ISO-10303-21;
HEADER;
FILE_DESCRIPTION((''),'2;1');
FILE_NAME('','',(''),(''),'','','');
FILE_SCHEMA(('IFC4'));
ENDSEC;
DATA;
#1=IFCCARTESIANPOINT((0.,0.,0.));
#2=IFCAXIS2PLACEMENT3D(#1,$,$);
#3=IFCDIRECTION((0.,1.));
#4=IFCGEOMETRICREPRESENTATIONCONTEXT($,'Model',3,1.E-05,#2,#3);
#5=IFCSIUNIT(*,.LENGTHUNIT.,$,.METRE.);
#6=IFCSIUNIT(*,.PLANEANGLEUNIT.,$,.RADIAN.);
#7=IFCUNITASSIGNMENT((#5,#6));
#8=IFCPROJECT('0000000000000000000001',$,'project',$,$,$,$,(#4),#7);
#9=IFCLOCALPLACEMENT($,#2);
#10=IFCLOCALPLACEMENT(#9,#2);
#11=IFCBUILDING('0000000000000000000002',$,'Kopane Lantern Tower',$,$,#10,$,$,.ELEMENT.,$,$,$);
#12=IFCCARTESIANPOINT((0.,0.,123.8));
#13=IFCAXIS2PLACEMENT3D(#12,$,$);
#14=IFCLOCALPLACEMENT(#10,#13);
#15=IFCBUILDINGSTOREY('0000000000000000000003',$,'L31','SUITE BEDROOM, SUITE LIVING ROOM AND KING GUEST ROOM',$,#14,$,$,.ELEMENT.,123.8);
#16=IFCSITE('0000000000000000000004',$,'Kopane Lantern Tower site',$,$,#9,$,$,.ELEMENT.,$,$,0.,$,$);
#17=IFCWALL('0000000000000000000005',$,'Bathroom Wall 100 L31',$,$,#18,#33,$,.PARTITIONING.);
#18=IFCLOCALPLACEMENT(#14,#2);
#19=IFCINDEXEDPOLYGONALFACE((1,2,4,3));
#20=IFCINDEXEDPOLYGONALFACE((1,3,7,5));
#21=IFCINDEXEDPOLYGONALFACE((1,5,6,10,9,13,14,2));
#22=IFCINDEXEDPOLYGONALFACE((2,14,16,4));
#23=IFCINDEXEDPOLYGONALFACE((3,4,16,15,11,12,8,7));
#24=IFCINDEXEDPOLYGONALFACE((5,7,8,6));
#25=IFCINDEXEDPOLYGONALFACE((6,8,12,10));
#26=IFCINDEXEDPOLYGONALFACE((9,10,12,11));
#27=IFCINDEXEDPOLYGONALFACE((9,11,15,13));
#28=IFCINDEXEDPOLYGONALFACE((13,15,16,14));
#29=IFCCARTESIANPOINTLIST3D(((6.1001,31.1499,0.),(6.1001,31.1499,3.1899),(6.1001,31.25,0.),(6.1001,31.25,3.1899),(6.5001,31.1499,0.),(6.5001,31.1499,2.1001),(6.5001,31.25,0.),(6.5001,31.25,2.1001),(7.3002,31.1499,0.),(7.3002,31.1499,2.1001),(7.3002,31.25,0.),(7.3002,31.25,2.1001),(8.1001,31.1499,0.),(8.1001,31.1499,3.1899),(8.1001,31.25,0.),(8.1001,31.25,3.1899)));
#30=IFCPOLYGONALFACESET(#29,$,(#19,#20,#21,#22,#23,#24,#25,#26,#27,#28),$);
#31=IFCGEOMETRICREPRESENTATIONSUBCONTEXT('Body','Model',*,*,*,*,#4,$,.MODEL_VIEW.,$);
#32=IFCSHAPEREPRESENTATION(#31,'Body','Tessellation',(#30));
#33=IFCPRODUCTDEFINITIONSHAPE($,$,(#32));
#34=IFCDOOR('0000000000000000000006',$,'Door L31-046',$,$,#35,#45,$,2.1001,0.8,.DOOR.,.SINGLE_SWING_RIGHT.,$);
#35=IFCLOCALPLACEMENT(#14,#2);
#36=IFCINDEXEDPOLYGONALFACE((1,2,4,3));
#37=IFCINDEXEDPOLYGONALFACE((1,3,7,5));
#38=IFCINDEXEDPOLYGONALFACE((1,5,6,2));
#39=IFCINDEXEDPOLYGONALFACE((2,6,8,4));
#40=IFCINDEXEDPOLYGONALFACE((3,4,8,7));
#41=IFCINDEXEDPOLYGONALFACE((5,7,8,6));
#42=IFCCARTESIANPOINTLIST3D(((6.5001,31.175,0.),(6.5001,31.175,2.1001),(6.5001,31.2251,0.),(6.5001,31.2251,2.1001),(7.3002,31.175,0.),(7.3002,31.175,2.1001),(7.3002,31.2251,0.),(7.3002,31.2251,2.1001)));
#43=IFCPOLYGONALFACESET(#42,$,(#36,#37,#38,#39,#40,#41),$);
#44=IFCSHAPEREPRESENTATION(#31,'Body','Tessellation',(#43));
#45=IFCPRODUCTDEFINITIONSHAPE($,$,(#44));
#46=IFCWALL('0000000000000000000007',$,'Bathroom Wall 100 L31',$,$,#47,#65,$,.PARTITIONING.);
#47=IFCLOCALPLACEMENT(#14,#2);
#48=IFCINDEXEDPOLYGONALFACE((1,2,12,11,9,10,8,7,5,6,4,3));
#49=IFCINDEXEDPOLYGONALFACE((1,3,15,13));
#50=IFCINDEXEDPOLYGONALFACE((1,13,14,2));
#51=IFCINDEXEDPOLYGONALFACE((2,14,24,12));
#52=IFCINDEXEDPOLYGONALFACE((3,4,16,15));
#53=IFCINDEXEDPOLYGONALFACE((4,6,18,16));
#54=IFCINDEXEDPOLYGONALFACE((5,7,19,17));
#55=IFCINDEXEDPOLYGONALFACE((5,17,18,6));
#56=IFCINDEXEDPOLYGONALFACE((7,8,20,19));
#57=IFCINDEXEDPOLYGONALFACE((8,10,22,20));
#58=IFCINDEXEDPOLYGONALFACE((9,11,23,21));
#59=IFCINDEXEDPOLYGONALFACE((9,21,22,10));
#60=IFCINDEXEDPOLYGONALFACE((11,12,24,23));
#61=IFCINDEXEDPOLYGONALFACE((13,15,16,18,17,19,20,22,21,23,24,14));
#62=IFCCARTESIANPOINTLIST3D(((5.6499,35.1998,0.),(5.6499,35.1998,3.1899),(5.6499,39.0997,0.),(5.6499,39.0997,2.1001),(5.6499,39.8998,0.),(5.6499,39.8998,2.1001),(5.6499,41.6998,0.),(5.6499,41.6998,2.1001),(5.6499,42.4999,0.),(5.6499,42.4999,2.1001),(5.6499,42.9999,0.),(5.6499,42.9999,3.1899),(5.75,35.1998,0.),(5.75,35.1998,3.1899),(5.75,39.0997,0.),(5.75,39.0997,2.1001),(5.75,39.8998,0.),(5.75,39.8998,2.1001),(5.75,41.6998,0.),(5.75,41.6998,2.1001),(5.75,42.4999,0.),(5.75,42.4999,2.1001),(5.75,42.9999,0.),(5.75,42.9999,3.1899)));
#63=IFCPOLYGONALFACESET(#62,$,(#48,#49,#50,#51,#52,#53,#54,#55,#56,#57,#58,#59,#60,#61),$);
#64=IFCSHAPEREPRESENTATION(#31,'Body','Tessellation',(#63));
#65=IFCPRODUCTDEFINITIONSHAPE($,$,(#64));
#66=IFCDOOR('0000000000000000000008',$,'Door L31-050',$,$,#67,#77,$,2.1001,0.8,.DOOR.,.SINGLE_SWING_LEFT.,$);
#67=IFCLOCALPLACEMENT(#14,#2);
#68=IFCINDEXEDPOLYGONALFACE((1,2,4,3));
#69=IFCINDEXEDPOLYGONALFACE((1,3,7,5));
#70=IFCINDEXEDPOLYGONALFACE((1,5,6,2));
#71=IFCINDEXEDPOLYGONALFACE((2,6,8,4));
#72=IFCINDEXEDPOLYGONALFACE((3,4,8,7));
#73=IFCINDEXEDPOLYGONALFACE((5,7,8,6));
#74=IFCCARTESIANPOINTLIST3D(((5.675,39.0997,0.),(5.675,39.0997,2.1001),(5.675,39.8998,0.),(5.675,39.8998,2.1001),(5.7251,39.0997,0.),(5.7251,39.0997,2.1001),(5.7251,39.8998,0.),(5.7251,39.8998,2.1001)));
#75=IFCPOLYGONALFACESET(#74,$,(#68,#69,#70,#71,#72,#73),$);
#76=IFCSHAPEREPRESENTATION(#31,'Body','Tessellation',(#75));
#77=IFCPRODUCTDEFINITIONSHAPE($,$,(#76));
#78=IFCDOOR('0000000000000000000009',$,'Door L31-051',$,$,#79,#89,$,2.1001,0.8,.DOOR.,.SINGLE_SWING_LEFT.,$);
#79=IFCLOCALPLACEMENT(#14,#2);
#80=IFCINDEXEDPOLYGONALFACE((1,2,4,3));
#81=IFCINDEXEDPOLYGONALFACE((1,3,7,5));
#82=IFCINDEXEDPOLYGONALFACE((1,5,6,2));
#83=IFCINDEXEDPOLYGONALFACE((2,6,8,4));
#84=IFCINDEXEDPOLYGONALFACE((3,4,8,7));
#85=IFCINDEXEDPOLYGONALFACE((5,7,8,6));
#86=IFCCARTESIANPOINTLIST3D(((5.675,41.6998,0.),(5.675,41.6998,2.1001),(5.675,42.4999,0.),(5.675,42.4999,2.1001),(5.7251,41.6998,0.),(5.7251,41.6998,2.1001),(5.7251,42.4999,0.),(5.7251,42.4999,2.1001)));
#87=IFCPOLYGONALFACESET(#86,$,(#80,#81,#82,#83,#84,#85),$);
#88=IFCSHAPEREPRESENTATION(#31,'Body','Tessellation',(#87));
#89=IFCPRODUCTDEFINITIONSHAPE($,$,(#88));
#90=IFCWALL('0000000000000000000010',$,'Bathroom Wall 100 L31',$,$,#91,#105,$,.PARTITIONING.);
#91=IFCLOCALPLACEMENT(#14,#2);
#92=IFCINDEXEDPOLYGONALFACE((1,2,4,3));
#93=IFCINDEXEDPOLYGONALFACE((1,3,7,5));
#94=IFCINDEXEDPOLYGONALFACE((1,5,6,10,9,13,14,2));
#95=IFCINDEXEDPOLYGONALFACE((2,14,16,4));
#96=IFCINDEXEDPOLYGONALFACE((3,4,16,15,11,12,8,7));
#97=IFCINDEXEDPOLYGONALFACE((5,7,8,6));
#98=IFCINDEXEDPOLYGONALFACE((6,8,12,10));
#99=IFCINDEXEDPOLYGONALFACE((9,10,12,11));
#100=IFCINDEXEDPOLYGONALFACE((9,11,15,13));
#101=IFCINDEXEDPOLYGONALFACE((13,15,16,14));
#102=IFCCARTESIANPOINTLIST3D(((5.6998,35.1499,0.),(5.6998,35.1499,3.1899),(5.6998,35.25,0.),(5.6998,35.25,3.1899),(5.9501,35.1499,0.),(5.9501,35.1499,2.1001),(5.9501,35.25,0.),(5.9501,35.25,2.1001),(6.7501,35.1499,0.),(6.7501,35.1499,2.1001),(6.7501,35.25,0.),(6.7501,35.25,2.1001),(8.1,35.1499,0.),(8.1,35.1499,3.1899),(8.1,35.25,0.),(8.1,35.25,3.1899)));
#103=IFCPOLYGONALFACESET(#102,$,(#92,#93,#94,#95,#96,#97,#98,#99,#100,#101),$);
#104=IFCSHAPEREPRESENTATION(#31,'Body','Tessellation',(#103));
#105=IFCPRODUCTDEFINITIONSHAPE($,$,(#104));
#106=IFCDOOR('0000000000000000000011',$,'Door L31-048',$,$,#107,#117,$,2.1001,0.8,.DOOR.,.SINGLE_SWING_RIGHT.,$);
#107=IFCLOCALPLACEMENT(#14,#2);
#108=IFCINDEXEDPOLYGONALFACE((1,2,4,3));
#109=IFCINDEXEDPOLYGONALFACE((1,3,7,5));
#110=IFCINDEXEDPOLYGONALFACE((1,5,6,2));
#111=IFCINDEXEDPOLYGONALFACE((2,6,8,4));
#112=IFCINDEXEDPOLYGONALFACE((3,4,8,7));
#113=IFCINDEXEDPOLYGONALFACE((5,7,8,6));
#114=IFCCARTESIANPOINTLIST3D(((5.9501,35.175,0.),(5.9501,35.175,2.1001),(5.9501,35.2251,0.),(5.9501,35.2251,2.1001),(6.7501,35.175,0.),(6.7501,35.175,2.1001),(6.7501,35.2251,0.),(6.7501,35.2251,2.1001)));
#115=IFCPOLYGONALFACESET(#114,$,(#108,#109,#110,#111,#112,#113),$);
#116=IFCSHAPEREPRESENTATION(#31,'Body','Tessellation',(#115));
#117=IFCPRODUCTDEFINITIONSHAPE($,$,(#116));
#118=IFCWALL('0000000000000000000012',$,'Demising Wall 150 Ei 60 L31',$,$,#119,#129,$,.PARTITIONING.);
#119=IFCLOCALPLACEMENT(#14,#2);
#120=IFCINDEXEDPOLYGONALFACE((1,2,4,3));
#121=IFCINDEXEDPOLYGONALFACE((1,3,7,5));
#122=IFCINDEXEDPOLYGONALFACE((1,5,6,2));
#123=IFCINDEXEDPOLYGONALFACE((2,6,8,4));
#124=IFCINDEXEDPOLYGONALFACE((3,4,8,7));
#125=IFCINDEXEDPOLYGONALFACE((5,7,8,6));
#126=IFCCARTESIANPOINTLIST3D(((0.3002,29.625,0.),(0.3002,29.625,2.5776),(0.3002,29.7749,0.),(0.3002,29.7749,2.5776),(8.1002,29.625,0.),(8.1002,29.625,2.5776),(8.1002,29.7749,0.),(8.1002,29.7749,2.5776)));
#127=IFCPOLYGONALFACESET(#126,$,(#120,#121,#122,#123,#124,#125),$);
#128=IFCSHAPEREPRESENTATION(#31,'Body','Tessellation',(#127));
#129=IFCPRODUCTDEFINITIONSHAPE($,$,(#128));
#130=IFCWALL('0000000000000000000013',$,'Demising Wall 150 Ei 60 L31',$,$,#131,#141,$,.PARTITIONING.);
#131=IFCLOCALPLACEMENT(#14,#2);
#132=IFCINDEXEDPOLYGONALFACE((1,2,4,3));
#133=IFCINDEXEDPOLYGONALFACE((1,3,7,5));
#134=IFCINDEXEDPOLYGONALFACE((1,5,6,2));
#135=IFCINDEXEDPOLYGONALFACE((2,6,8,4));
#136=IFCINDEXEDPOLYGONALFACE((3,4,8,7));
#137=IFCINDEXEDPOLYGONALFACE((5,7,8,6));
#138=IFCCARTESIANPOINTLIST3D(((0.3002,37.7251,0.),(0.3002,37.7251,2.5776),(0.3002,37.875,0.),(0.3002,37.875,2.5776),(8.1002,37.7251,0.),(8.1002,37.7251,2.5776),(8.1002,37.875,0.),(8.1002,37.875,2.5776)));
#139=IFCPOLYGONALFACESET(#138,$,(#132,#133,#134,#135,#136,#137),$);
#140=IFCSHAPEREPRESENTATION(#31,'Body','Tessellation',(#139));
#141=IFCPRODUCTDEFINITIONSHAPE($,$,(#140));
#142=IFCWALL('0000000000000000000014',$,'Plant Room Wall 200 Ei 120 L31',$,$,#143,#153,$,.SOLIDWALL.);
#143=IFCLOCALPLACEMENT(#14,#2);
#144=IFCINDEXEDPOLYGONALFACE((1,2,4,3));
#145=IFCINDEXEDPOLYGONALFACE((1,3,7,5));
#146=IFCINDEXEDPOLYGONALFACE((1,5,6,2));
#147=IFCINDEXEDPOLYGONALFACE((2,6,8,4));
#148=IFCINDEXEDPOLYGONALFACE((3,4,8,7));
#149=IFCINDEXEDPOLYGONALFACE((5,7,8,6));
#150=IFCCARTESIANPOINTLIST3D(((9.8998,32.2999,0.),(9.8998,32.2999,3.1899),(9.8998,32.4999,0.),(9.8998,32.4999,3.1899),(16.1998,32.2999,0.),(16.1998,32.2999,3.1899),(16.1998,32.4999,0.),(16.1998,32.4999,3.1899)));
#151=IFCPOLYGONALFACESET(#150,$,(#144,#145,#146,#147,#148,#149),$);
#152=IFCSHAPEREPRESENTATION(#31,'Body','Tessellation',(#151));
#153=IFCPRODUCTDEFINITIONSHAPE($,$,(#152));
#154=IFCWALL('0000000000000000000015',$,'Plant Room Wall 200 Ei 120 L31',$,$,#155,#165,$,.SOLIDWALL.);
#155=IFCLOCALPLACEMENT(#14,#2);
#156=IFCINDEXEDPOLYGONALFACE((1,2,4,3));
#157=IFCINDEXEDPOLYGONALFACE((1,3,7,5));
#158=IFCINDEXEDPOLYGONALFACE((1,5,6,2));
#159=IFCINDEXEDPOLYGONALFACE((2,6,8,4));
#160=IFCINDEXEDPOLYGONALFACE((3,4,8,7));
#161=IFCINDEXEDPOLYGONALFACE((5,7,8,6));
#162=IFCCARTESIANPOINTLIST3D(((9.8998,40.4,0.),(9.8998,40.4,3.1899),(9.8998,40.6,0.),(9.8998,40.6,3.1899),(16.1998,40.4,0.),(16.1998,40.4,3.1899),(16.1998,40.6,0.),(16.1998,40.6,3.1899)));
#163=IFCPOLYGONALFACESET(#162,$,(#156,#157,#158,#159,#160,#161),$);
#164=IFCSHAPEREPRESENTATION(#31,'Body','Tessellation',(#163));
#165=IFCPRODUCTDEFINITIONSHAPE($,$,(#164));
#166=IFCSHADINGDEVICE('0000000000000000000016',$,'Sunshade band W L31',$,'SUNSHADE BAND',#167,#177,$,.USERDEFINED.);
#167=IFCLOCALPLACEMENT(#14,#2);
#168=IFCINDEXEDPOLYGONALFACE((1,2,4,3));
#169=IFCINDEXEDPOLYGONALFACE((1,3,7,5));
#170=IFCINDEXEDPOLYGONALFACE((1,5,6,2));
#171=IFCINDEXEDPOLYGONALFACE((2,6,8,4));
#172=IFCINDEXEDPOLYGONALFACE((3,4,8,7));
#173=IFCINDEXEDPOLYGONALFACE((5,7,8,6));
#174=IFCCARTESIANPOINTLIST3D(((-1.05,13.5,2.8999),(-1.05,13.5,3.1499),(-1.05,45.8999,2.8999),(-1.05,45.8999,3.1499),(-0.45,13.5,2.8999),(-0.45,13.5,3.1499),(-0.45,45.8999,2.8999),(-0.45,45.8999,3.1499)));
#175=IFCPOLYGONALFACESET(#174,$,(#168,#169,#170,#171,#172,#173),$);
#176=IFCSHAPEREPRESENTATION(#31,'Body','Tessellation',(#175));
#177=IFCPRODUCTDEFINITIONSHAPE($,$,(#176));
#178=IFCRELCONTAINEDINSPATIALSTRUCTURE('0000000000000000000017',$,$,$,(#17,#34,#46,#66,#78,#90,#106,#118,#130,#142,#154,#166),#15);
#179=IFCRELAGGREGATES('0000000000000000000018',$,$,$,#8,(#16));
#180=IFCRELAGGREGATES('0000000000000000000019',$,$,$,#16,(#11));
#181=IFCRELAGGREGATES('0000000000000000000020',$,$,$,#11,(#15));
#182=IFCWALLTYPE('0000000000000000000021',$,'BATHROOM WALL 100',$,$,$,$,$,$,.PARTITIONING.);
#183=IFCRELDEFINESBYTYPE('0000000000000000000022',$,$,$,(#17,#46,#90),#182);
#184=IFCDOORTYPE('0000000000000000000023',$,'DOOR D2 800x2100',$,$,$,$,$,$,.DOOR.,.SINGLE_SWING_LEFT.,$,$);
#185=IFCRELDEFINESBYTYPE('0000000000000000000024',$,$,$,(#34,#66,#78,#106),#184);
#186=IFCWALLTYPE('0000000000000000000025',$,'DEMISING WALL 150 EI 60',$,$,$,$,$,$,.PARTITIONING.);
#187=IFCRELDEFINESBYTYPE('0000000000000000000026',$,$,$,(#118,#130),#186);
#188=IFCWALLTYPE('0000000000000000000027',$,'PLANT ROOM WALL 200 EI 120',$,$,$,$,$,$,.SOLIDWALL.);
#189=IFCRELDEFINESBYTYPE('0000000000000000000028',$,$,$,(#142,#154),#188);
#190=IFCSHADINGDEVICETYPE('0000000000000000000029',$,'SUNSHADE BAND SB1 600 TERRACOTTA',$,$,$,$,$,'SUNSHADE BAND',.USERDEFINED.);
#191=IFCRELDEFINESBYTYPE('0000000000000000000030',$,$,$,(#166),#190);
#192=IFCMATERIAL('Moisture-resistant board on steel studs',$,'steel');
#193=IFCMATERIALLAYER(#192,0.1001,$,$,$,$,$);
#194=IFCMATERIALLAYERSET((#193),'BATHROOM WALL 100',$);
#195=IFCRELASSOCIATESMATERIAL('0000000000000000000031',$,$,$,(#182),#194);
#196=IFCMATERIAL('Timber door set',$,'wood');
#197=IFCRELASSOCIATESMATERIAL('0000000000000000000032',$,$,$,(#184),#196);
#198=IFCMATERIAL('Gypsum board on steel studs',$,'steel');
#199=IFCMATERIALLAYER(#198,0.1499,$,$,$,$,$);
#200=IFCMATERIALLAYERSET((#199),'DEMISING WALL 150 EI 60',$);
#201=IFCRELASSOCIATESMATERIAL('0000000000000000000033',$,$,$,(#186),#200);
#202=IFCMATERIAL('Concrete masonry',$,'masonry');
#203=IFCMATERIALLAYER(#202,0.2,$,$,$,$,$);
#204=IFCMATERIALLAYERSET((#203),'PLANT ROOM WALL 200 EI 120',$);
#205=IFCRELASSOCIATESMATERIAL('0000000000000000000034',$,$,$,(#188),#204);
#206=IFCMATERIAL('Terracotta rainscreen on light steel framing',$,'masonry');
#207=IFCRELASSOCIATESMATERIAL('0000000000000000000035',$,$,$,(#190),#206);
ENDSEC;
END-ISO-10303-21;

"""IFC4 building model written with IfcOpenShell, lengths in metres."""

from ifc_helpers import new_model, si_unit, direction, frame, frame_2d, origin, origin_2d, place, context, subcontext, project, spatial, rectangle, extrude, material, layer, layer_set, type_object, element, fill, save


model = new_model("IFC4")

# Units and contexts
model_context = context("Model", 3, precision=1e-05, world=origin(), true_north=direction((0.0, 1.0)))
body_context = subcontext(model_context, "Body", "Model", "MODEL_VIEW")
ifc_project = project(units=[si_unit("LENGTHUNIT", "METRE"), si_unit("PLANEANGLEUNIT", "RADIAN")], contexts=[model_context])

# Site, building, storey
site_placement = place(None, origin())
site = spatial("IfcSite", under=ifc_project, at=site_placement, Name="Kopane Lantern Tower site", CompositionType="ELEMENT", RefElevation=0.0)
building_placement = place(site_placement, origin())
building = spatial("IfcBuilding", under=site, at=building_placement, Name="Kopane Lantern Tower", CompositionType="ELEMENT")
storey_placement = place(building_placement, frame((0.0, 0.0, 123.8)))
storey = spatial("IfcBuildingStorey", under=building, at=storey_placement, Name="L31", Description="SUITE BEDROOM, SUITE LIVING ROOM AND KING GUEST ROOM", CompositionType="ELEMENT", Elevation=123.8)

# Shared definitions
ifc_material_1 = material(Name="Moisture-resistant board on steel studs", Category="steel")
ifc_layer_1 = layer(ifc_material_1, 0.1001)
ifc_layer_set_1 = layer_set([ifc_layer_1], Name="BATHROOM WALL 100")
wall_type_1 = type_object("IfcWallType", Name="BATHROOM WALL 100", PredefinedType="PARTITIONING", material=ifc_layer_set_1)

# Wall, opening, door
wall_1_placement = place(storey_placement, frame((8.1001, 31.2, 0.0), z_axis=(0.0, 0.0, 1.0), x_axis=(-1.0, 0.0, 0.0)))
wall_1 = element("IfcWall", 1, at=wall_1_placement, inside=storey, type_object=wall_type_1, Name="Bathroom Wall 100 L31", PredefinedType="PARTITIONING", context=body_context, shape_type="SweptSolid", body=[
    extrude(rectangle(XDim=2.0, YDim=0.1001, at=frame_2d((1.0, 0.0))), origin(), (0.0, 0.0, 1.0), 3.1899),
])
opening_1_placement = place(wall_1_placement, frame((0.8, 0.0, 0.0)))
opening_1 = element("IfcOpeningElement", 2, at=opening_1_placement, cuts=wall_1, PredefinedType="OPENING", context=body_context, shape_type="SweptSolid", body=[
    extrude(rectangle(XDim=0.8, YDim=2.1001, at=frame_2d((0.3999, 1.05))), frame((0.0, 0.0601, 0.0), z_axis=(0.0, -1.0, 0.0), x_axis=(1.0, 0.0, 0.0)), (0.0, 0.0, 1.0), 0.1201),
])
ifc_material_2 = material(Name="Timber door set", Category="wood")
door_type_1 = type_object("IfcDoorType", Name="DOOR D2 800x2100", OperationType="SINGLE_SWING_LEFT", PredefinedType="DOOR", material=ifc_material_2)
door_1_placement = place(opening_1_placement, origin())
door_1 = element("IfcDoor", 3, at=door_1_placement, inside=storey, type_object=door_type_1, Name="Door L31-046", OperationType="SINGLE_SWING_RIGHT", OverallHeight=2.1001, OverallWidth=0.8, PredefinedType="DOOR", context=body_context, shape_type="SweptSolid", body=[
    extrude(rectangle(XDim=0.8, YDim=2.1001, at=frame_2d((0.3999, 1.05))), frame((0.0, 0.0249, 0.0), z_axis=(0.0, -1.0, 0.0), x_axis=(1.0, 0.0, 0.0)), (0.0, 0.0, 1.0), 0.05),
])
fill(opening_1, door_1)

# Wall, openings, doors
wall_2_placement = place(storey_placement, frame((5.7, 35.2, 0.0), z_axis=(0.0, 0.0, 1.0), x_axis=(0.0, 1.0, 0.0)))
wall_2 = element("IfcWall", 4, at=wall_2_placement, inside=storey, type_object=wall_type_1, Name="Bathroom Wall 100 L31", PredefinedType="PARTITIONING", context=body_context, shape_type="SweptSolid", body=[
    extrude(rectangle(XDim=7.8, YDim=0.1001, at=frame_2d((3.8999, 0.0))), origin(), (0.0, 0.0, 1.0), 3.1899),
])
opening_2_placement = place(wall_2_placement, frame((3.8999, 0.0, 0.0)))
opening_2 = element("IfcOpeningElement", 5, at=opening_2_placement, cuts=wall_2, PredefinedType="OPENING", context=body_context, shape_type="SweptSolid", body=[
    extrude(rectangle(XDim=0.8, YDim=2.1001, at=frame_2d((0.3999, 1.05))), frame((0.0, 0.0601, 0.0), z_axis=(0.0, -1.0, 0.0), x_axis=(1.0, 0.0, 0.0)), (0.0, 0.0, 1.0), 0.1201),
])
opening_3_placement = place(wall_2_placement, frame((6.5, 0.0, 0.0)))
opening_3 = element("IfcOpeningElement", 6, at=opening_3_placement, cuts=wall_2, PredefinedType="OPENING", context=body_context, shape_type="SweptSolid", body=[
    extrude(rectangle(XDim=0.8, YDim=2.1001, at=frame_2d((0.3999, 1.05))), frame((0.0, 0.0601, 0.0), z_axis=(0.0, -1.0, 0.0), x_axis=(1.0, 0.0, 0.0)), (0.0, 0.0, 1.0), 0.1201),
])
door_2_placement = place(opening_2_placement, origin())
door_2 = element("IfcDoor", 7, at=door_2_placement, inside=storey, type_object=door_type_1, Name="Door L31-050", OperationType="SINGLE_SWING_LEFT", OverallHeight=2.1001, OverallWidth=0.8, PredefinedType="DOOR", context=body_context, shape_type="SweptSolid", body=[
    extrude(rectangle(XDim=0.8, YDim=2.1001, at=frame_2d((0.3999, 1.05))), frame((0.0, 0.0249, 0.0), z_axis=(0.0, -1.0, 0.0), x_axis=(1.0, 0.0, 0.0)), (0.0, 0.0, 1.0), 0.05),
])
fill(opening_2, door_2)
door_3_placement = place(opening_3_placement, origin())
door_3 = element("IfcDoor", 8, at=door_3_placement, inside=storey, type_object=door_type_1, Name="Door L31-051", OperationType="SINGLE_SWING_LEFT", OverallHeight=2.1001, OverallWidth=0.8, PredefinedType="DOOR", context=body_context, shape_type="SweptSolid", body=[
    extrude(rectangle(XDim=0.8, YDim=2.1001, at=frame_2d((0.3999, 1.05))), frame((0.0, 0.0249, 0.0), z_axis=(0.0, -1.0, 0.0), x_axis=(1.0, 0.0, 0.0)), (0.0, 0.0, 1.0), 0.05),
])
fill(opening_3, door_3)

# Wall, opening, door
wall_3_placement = place(storey_placement, frame((8.1001, 35.2, 0.0), z_axis=(0.0, 0.0, 1.0), x_axis=(-1.0, 0.0, 0.0)))
wall_3 = element("IfcWall", 9, at=wall_3_placement, inside=storey, type_object=wall_type_1, Name="Bathroom Wall 100 L31", PredefinedType="PARTITIONING", context=body_context, shape_type="SweptSolid", body=[
    extrude(rectangle(XDim=2.4001, YDim=0.1001, at=frame_2d((1.2002, 0.0))), origin(), (0.0, 0.0, 1.0), 3.1899),
])
opening_4_placement = place(wall_3_placement, frame((1.3501, 0.0, 0.0)))
opening_4 = element("IfcOpeningElement", 10, at=opening_4_placement, cuts=wall_3, PredefinedType="OPENING", context=body_context, shape_type="SweptSolid", body=[
    extrude(rectangle(XDim=0.8, YDim=2.1001, at=frame_2d((0.3999, 1.05))), frame((0.0, 0.0601, 0.0), z_axis=(0.0, -1.0, 0.0), x_axis=(1.0, 0.0, 0.0)), (0.0, 0.0, 1.0), 0.1201),
])
door_4_placement = place(opening_4_placement, origin())
door_4 = element("IfcDoor", 11, at=door_4_placement, inside=storey, type_object=door_type_1, Name="Door L31-048", OperationType="SINGLE_SWING_RIGHT", OverallHeight=2.1001, OverallWidth=0.8, PredefinedType="DOOR", context=body_context, shape_type="SweptSolid", body=[
    extrude(rectangle(XDim=0.8, YDim=2.1001, at=frame_2d((0.3999, 1.05))), frame((0.0, 0.0249, 0.0), z_axis=(0.0, -1.0, 0.0), x_axis=(1.0, 0.0, 0.0)), (0.0, 0.0, 1.0), 0.05),
])
fill(opening_4, door_4)

# Walls
ifc_material_3 = material(Name="Gypsum board on steel studs", Category="steel")
ifc_layer_2 = layer(ifc_material_3, 0.1499)
ifc_layer_set_2 = layer_set([ifc_layer_2], Name="DEMISING WALL 150 EI 60")
wall_type_2 = type_object("IfcWallType", Name="DEMISING WALL 150 EI 60", PredefinedType="PARTITIONING", material=ifc_layer_set_2)
for number, where, z_axis, x_axis, name in (
    (12, (8.1001, 29.7, 0.0), (0.0, 0.0, 1.0), (-1.0, 0.0, 0.0), "Demising Wall 150 Ei 60 L31"),
    (13, (8.1001, 37.8, 0.0), (0.0, 0.0, 1.0), (-1.0, 0.0, 0.0), "Demising Wall 150 Ei 60 L31"),
):
    element("IfcWall", number, at=place(storey_placement, frame(where, z_axis=z_axis, x_axis=x_axis)), inside=storey, type_object=wall_type_2, Name=name, PredefinedType="PARTITIONING", context=body_context, shape_type="SweptSolid", body=[
        extrude(rectangle(XDim=7.8, YDim=0.1499, at=frame_2d((3.8999, 0.0))), origin(), (0.0, 0.0, 1.0), 2.5776),
    ])
ifc_material_4 = material(Name="Concrete masonry", Category="masonry")
ifc_layer_3 = layer(ifc_material_4, 0.2)
ifc_layer_set_3 = layer_set([ifc_layer_3], Name="PLANT ROOM WALL 200 EI 120")
wall_type_3 = type_object("IfcWallType", Name="PLANT ROOM WALL 200 EI 120", PredefinedType="SOLIDWALL", material=ifc_layer_set_3)
for number, where, z_axis, x_axis, name in (
    (14, (9.8999, 32.3999, 0.0), (0.0, 0.0, 1.0), (1.0, 0.0, 0.0), "Plant Room Wall 200 Ei 120 L31"),
    (15, (9.8999, 40.5, 0.0), (0.0, 0.0, 1.0), (1.0, 0.0, 0.0), "Plant Room Wall 200 Ei 120 L31"),
):
    element("IfcWall", number, at=place(storey_placement, frame(where, z_axis=z_axis, x_axis=x_axis)), inside=storey, type_object=wall_type_3, Name=name, PredefinedType="SOLIDWALL", context=body_context, shape_type="SweptSolid", body=[
        extrude(rectangle(XDim=6.3, YDim=0.2, at=frame_2d((3.1499, 0.0))), origin(), (0.0, 0.0, 1.0), 3.1899),
    ])

# Shading device
ifc_material_5 = material(Name="Terracotta rainscreen on light steel framing", Category="masonry")
shading_device_type = type_object("IfcShadingDeviceType", Name="SUNSHADE BAND SB1 600 TERRACOTTA", ElementType="SUNSHADE BAND", PredefinedType="USERDEFINED", material=ifc_material_5)
shading_device_placement = place(storey_placement, frame((-0.75, 29.7, 2.8999), z_axis=(0.0, 0.0, 1.0), x_axis=(0.0, -1.0, 0.0)))
element("IfcShadingDevice", 16, at=shading_device_placement, inside=storey, type_object=shading_device_type, Name="Sunshade band W L31", ObjectType="SUNSHADE BAND", PredefinedType="USERDEFINED", context=body_context, shape_type="SweptSolid", body=[
    extrude(rectangle(XDim=32.3999, YDim=0.6001, at=origin_2d()), origin(), (0.0, 0.0, 1.0), 0.25),
])

save(model, "model.ifc")
